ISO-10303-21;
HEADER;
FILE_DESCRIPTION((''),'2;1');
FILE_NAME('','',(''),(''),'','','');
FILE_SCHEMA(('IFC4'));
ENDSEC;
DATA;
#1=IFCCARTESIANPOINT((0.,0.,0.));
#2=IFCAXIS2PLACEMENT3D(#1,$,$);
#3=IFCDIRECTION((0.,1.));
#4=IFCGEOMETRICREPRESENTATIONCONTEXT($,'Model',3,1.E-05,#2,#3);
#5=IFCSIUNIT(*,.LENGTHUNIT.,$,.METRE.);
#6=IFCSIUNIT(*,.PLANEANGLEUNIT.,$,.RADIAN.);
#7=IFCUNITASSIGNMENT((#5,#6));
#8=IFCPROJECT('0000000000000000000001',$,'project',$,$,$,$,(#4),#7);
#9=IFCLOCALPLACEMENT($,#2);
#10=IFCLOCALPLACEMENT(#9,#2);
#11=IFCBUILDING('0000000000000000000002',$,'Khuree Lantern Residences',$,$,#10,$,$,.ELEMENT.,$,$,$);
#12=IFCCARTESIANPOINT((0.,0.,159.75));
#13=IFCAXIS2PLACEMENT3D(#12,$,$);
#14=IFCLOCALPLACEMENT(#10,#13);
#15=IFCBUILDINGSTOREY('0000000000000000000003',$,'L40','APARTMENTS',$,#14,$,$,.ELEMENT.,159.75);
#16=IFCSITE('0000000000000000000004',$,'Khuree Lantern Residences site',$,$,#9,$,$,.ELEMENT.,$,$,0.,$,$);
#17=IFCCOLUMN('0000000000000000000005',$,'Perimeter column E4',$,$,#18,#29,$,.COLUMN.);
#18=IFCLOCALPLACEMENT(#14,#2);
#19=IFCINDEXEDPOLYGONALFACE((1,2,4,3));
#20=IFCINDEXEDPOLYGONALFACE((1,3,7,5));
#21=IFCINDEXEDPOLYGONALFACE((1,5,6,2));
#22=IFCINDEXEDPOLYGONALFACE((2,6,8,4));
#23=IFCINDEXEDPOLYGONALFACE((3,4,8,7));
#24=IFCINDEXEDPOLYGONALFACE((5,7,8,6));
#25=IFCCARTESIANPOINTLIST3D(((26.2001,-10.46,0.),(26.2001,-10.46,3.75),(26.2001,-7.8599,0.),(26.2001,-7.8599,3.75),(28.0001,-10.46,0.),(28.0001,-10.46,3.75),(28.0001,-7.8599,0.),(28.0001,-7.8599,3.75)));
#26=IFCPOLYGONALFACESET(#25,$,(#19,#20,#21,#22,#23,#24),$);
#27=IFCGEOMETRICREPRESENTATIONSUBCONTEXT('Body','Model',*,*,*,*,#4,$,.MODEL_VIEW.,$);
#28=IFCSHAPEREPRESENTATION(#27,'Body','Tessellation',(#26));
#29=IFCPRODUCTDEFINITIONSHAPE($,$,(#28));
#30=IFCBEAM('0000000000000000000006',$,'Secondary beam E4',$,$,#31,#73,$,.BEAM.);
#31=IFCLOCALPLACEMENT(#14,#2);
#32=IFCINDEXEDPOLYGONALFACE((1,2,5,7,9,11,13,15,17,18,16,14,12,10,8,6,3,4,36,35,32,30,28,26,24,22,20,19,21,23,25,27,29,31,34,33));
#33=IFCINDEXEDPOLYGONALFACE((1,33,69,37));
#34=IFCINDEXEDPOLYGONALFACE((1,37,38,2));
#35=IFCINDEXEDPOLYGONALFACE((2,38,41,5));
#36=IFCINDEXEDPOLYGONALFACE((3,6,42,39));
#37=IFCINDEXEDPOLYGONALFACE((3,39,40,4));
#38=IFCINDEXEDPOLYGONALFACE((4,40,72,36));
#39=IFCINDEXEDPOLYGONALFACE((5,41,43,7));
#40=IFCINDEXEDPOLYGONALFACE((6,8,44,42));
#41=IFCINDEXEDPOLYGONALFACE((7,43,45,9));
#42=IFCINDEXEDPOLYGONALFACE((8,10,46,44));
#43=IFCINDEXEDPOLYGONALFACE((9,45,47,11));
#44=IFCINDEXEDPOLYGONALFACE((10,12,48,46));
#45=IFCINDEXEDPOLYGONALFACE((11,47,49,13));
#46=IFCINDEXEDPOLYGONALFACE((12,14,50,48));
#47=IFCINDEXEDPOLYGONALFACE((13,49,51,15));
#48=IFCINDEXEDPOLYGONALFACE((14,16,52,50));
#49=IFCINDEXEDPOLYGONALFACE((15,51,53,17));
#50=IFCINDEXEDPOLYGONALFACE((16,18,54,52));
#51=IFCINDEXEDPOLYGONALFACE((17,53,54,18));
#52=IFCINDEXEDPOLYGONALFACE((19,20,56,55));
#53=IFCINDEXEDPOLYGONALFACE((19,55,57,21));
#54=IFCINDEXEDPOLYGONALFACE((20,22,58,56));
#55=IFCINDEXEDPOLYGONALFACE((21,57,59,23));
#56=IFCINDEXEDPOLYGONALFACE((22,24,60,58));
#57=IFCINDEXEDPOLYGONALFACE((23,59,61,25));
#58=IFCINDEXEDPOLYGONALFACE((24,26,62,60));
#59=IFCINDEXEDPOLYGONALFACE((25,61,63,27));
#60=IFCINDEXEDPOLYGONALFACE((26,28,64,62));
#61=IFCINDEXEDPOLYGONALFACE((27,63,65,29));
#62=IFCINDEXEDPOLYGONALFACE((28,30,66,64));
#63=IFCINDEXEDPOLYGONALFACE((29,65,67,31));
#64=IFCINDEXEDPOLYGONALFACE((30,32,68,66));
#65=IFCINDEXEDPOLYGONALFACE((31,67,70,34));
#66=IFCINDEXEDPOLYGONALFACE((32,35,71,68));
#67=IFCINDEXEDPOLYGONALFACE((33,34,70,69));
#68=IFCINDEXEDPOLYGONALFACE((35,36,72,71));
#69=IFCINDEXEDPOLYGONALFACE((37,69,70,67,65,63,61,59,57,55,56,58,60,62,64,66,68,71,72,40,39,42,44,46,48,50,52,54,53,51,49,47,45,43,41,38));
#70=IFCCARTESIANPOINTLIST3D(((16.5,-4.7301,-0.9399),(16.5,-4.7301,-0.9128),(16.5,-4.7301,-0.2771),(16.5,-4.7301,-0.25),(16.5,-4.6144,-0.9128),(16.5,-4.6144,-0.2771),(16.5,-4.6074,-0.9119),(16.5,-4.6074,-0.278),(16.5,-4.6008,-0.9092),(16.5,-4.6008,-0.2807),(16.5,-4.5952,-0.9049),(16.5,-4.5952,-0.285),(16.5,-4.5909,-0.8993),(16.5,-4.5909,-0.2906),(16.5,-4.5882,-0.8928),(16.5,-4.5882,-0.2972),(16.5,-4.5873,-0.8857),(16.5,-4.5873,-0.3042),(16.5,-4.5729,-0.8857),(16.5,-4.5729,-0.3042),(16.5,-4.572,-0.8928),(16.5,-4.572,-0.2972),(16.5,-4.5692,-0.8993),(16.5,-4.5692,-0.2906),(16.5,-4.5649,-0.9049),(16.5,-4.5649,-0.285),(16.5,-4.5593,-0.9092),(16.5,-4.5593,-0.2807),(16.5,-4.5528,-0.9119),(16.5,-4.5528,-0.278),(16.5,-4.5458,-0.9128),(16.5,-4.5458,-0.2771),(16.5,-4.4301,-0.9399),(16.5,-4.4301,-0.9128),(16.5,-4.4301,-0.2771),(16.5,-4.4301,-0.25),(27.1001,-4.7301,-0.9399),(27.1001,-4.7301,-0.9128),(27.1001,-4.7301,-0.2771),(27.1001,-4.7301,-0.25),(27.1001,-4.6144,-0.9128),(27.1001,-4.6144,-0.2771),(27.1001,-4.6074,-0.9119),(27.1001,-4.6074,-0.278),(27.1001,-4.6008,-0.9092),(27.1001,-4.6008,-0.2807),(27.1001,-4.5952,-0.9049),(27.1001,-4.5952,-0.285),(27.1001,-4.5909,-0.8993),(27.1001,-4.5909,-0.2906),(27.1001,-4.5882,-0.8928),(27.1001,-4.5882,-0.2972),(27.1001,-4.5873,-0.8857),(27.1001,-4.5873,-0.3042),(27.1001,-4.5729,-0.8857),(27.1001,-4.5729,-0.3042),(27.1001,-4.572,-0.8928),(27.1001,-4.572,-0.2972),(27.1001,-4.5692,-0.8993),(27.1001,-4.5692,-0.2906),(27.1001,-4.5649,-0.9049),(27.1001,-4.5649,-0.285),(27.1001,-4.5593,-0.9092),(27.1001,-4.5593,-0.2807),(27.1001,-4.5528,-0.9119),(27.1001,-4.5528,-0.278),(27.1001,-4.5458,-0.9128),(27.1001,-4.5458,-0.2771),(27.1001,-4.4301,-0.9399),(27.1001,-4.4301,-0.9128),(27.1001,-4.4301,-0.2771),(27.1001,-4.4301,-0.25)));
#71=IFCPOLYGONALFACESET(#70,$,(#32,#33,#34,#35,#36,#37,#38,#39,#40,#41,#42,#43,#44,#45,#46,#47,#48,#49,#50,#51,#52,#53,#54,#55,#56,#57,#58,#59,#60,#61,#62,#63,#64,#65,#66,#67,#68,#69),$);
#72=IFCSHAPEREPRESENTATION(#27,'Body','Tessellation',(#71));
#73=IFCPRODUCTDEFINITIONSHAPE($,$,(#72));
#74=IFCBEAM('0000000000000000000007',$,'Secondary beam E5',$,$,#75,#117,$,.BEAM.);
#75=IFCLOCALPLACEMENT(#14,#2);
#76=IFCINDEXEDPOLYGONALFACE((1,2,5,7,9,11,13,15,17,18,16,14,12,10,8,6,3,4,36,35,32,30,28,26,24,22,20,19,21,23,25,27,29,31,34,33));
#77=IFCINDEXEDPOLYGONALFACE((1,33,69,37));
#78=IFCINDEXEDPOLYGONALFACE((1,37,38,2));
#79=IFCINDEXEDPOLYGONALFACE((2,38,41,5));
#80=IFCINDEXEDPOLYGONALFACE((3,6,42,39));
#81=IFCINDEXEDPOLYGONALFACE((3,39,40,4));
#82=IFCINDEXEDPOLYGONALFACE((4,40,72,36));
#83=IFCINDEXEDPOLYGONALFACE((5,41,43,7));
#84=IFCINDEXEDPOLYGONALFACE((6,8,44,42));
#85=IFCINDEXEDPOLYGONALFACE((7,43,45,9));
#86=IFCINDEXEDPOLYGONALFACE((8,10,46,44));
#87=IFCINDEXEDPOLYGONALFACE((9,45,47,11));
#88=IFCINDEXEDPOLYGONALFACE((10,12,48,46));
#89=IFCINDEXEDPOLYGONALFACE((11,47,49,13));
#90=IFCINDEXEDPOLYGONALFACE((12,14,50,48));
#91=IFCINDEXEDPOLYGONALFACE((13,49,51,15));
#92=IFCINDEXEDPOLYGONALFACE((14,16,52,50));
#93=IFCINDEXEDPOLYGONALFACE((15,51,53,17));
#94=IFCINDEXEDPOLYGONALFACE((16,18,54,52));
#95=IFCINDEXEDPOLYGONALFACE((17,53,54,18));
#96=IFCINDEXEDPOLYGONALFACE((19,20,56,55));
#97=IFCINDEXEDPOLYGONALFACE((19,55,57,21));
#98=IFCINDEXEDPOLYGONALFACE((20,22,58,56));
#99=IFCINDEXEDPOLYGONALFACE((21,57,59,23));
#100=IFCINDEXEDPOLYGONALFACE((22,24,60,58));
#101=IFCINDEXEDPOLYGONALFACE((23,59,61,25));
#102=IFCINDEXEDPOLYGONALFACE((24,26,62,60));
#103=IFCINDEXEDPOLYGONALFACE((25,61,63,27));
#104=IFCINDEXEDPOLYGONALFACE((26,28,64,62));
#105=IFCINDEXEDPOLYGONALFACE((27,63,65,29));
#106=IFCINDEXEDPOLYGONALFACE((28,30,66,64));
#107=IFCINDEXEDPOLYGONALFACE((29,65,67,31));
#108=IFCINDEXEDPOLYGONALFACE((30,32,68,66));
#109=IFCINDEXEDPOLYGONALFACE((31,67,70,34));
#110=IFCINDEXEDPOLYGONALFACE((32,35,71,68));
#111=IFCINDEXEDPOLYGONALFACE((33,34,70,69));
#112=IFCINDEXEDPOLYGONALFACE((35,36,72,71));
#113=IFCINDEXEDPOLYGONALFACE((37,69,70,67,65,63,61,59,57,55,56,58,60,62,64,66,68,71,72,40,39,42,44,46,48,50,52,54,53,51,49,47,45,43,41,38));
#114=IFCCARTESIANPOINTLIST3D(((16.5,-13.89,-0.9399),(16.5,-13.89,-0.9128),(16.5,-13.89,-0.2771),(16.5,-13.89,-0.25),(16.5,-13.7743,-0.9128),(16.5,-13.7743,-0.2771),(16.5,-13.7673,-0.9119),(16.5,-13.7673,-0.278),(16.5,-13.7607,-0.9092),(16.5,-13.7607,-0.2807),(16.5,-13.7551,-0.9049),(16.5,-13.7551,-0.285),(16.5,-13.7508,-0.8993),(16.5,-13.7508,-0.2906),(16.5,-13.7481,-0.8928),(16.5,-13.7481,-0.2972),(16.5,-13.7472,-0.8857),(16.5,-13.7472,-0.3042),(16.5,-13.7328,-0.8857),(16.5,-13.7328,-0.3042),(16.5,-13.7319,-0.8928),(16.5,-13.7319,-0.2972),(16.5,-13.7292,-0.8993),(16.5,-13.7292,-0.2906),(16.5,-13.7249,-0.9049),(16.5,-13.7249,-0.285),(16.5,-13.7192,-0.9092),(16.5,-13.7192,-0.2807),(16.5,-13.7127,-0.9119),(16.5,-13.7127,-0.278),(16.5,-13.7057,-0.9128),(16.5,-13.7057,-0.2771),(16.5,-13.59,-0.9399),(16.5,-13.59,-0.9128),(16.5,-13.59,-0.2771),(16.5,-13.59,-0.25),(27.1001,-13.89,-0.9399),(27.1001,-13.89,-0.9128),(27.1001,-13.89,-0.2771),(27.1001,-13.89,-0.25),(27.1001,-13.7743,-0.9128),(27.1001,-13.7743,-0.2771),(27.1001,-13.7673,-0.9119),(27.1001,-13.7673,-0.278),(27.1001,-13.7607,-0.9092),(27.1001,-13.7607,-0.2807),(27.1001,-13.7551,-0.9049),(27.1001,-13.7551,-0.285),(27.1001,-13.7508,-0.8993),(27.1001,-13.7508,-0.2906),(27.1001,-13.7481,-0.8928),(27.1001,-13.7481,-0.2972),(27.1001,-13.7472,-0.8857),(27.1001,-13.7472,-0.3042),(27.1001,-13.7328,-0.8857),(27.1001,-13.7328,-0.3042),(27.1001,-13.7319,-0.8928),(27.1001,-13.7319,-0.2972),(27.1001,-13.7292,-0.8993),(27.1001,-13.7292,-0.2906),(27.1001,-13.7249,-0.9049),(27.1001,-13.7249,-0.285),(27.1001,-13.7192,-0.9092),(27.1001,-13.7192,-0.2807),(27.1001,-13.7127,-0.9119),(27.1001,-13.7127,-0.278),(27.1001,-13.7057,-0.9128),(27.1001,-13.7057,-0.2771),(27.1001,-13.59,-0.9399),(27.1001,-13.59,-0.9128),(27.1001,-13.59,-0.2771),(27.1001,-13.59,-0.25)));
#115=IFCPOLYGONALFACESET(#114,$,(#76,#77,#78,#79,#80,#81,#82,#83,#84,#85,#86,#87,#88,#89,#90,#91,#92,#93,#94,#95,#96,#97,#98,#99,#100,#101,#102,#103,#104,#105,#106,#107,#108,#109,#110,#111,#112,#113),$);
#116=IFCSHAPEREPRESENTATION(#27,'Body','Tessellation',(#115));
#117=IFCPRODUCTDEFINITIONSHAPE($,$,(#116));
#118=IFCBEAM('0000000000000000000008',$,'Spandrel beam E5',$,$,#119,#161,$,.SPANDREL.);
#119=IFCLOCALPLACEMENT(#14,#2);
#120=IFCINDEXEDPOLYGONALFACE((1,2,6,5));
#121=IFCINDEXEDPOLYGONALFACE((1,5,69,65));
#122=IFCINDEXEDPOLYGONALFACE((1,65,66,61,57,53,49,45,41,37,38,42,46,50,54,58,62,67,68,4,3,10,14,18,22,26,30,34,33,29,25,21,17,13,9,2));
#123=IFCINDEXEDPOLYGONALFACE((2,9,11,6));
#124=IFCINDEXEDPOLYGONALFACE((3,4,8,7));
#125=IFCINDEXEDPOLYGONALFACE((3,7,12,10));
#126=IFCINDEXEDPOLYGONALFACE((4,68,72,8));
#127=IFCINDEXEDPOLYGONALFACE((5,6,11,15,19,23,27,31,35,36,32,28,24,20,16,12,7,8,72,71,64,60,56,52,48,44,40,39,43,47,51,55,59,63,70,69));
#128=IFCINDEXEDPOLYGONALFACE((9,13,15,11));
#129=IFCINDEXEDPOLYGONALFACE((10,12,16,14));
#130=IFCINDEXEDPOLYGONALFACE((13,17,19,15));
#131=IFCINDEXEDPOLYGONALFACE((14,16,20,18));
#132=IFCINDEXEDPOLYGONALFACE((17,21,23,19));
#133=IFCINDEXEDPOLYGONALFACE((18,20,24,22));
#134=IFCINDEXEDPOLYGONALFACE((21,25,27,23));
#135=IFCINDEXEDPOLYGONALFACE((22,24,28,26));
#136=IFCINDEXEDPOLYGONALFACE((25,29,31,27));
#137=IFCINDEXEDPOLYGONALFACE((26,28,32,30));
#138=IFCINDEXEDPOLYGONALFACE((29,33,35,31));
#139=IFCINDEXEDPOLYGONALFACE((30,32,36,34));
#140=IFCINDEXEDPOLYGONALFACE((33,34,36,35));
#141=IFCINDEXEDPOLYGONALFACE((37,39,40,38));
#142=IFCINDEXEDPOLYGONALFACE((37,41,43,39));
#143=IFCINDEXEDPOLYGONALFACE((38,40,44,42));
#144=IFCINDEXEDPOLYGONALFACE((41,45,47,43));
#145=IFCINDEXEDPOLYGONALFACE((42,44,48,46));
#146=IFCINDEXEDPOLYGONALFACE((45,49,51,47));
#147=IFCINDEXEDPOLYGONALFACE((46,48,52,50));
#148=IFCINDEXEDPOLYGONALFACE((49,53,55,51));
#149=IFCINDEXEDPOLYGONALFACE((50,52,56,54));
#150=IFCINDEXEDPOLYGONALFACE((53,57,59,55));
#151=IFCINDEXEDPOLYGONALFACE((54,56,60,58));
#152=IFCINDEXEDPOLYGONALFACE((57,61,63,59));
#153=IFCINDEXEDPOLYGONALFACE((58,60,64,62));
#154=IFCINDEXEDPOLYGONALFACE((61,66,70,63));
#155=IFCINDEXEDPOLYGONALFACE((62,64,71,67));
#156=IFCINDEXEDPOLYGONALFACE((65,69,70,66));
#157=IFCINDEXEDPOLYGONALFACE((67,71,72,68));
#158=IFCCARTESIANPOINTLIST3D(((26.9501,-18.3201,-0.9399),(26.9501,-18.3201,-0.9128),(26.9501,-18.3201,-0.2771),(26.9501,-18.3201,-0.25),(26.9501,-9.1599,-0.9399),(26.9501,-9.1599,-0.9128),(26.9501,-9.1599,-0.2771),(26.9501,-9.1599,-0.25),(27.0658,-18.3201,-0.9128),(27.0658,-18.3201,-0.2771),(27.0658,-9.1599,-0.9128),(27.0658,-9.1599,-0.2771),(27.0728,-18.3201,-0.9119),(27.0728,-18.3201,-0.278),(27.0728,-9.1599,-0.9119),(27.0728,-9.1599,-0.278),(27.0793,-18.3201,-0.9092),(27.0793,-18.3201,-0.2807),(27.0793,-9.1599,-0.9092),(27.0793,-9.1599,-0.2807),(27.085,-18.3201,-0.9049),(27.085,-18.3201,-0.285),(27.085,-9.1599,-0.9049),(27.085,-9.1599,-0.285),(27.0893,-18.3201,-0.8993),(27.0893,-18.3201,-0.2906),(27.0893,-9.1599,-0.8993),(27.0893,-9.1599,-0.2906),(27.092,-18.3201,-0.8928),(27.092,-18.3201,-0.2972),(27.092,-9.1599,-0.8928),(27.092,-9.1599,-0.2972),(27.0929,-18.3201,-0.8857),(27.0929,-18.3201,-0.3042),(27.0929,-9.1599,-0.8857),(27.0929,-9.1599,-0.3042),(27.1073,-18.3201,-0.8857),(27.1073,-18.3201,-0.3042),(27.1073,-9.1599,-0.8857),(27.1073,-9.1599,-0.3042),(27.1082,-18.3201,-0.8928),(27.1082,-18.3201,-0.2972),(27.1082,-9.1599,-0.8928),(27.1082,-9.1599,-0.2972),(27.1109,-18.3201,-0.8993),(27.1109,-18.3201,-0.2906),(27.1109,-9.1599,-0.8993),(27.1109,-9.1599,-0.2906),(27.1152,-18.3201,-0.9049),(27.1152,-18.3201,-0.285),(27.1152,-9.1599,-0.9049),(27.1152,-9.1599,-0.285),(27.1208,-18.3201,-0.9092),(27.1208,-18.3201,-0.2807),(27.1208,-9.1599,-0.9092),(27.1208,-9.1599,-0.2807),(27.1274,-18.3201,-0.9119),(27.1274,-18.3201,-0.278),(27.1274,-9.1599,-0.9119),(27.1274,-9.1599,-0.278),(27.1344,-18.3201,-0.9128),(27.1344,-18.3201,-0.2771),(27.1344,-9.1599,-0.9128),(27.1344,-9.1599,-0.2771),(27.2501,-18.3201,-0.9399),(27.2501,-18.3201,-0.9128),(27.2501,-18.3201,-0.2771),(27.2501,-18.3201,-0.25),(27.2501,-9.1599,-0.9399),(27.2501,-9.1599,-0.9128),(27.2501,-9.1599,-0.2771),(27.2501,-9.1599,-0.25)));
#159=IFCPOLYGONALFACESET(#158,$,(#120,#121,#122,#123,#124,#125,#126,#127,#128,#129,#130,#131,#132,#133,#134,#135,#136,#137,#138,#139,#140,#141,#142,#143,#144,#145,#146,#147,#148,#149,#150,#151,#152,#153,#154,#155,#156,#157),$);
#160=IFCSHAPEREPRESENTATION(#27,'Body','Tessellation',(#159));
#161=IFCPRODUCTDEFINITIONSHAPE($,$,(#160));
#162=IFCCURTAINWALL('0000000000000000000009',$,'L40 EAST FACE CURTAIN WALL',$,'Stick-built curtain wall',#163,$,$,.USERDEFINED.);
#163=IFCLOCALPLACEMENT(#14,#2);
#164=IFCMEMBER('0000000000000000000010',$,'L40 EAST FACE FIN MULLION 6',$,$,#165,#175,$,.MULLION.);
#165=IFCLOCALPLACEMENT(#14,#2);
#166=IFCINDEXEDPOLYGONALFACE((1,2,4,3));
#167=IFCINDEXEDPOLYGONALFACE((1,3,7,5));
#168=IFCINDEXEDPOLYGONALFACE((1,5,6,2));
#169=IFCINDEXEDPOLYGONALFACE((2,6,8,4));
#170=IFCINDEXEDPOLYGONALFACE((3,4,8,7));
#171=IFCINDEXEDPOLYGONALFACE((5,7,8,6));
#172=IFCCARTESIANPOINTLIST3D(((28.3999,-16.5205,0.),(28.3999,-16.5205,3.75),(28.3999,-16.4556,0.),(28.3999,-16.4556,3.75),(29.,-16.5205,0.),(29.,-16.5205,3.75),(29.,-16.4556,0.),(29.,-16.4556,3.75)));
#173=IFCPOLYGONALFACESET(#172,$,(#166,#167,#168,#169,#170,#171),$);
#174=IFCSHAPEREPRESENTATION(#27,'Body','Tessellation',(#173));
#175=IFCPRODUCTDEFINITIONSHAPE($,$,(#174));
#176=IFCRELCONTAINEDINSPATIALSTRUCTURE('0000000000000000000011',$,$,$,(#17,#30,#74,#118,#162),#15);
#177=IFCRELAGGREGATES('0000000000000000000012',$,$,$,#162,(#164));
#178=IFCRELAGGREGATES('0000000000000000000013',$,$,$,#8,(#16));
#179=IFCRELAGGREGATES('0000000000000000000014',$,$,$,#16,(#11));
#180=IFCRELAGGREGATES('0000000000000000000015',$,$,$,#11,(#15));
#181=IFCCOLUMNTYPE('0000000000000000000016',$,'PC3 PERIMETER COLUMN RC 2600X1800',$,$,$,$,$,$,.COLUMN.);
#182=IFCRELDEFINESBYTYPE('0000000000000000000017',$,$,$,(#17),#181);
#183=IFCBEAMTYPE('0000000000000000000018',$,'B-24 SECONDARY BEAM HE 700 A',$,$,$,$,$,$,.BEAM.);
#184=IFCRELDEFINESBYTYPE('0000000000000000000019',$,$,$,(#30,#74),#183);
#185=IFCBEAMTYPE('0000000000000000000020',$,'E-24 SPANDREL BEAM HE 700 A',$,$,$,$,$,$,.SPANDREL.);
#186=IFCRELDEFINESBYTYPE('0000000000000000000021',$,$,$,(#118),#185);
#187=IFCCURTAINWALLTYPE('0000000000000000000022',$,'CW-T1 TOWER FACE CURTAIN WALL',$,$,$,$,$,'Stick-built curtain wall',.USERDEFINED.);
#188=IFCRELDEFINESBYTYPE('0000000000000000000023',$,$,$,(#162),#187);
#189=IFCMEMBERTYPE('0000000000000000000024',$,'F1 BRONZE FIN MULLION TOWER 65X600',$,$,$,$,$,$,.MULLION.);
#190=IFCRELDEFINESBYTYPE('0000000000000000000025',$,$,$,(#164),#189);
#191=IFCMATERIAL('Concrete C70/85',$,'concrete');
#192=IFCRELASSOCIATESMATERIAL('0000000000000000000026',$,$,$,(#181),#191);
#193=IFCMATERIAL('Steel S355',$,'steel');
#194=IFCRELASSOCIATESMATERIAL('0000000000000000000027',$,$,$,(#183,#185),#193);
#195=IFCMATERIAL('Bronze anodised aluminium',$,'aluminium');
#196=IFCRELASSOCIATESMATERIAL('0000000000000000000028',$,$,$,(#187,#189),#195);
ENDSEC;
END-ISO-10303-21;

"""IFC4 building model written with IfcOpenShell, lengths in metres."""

from ifc_helpers import new_model, si_unit, direction, frame, origin, origin_2d, place, context, subcontext, project, spatial, rectangle, i_section, extrude, material, material_profile, profile_set, type_object, element, aggregate, save


model = new_model("IFC4")

# Units and contexts
model_context = context("Model", 3, precision=1e-05, world=origin(), true_north=direction((0.0, 1.0)))
body_context = subcontext(model_context, "Body", "Model", "MODEL_VIEW")
ifc_project = project(units=[si_unit("LENGTHUNIT", "METRE"), si_unit("PLANEANGLEUNIT", "RADIAN")], contexts=[model_context])

# Site, building, storey
site_placement = place(None, origin())
site = spatial("IfcSite", under=ifc_project, at=site_placement, Name="Khuree Lantern Residences site", CompositionType="ELEMENT", RefElevation=0.0)
building_placement = place(site_placement, origin())
building = spatial("IfcBuilding", under=site, at=building_placement, Name="Khuree Lantern Residences", CompositionType="ELEMENT")
storey_placement = place(building_placement, frame((0.0, 0.0, 159.75)))
storey = spatial("IfcBuildingStorey", under=building, at=storey_placement, Name="L40", Description="APARTMENTS", CompositionType="ELEMENT", Elevation=159.75)

# Column
ifc_material_1 = material(Name="Concrete C70/85", Category="concrete")
ifc_material_profile_1 = material_profile(ifc_material_1, rectangle(XDim=2.6001, YDim=1.8, at=origin_2d()), Name="RC 2600X1800")
ifc_profile_set_1 = profile_set([ifc_material_profile_1], Name="Concrete C70/85")
column_type = type_object("IfcColumnType", Name="PC3 PERIMETER COLUMN RC 2600X1800", PredefinedType="COLUMN", material=ifc_profile_set_1)
column_placement = place(storey_placement, frame((27.1001, -9.1599, 0.0), z_axis=(0.0, 0.0, 1.0), x_axis=(0.0, 1.0, 0.0)))
element("IfcColumn", 1, at=column_placement, inside=storey, type_object=column_type, Name="Perimeter column E4", PredefinedType="COLUMN", context=body_context, shape_type="SweptSolid", body=[
    extrude(rectangle(XDim=2.6001, YDim=1.8, at=origin_2d()), origin(), (0.0, 0.0, 1.0), 3.75),
])

# Beams
ifc_material_2 = material(Name="Steel S355", Category="steel")
ifc_material_profile_2 = material_profile(ifc_material_2, i_section(OverallWidth=0.3, OverallDepth=0.6899, WebThickness=0.0144, FlangeThickness=0.0271, FilletRadius=0.0271, at=origin_2d()), Name="HE 700 A")
ifc_profile_set_2 = profile_set([ifc_material_profile_2], Name="Steel S355")
beam_type_1 = type_object("IfcBeamType", Name="B-24 SECONDARY BEAM HE 700 A", PredefinedType="BEAM", material=ifc_profile_set_2)
for number, where, z_axis, x_axis, name in (
    (2, (27.1001, -4.5801, -0.595), (-1.0, 0.0, 0.0), (0.0, -1.0, 0.0), "Secondary beam E4"),
    (3, (27.1001, -13.74, -0.595), (-1.0, 0.0, 0.0), (0.0, -1.0, 0.0), "Secondary beam E5"),
):
    element("IfcBeam", number, at=place(storey_placement, frame(where, z_axis=z_axis, x_axis=x_axis)), inside=storey, type_object=beam_type_1, Name=name, PredefinedType="BEAM", context=body_context, shape_type="SweptSolid", body=[
        extrude(i_section(OverallWidth=0.3, OverallDepth=0.6899, WebThickness=0.0144, FlangeThickness=0.0271, FilletRadius=0.0271, at=origin_2d()), origin(), (0.0, 0.0, 1.0), 10.6001),
    ])
ifc_material_profile_3 = material_profile(ifc_material_2, i_section(OverallWidth=0.3, OverallDepth=0.6899, WebThickness=0.0144, FlangeThickness=0.0271, FilletRadius=0.0271, at=origin_2d()), Name="HE 700 A")
ifc_profile_set_3 = profile_set([ifc_material_profile_3], Name="Steel S355")
beam_type_2 = type_object("IfcBeamType", Name="E-24 SPANDREL BEAM HE 700 A", PredefinedType="SPANDREL", material=ifc_profile_set_3)
beam_1_placement = place(storey_placement, frame((27.1001, -9.1599, -0.595), z_axis=(0.0, -1.0, 0.0), x_axis=(1.0, 0.0, 0.0)))
element("IfcBeam", 4, at=beam_1_placement, inside=storey, type_object=beam_type_2, Name="Spandrel beam E5", PredefinedType="SPANDREL", context=body_context, shape_type="SweptSolid", body=[
    extrude(i_section(OverallWidth=0.3, OverallDepth=0.6899, WebThickness=0.0144, FlangeThickness=0.0271, FilletRadius=0.0271, at=origin_2d()), origin(), (0.0, 0.0, 1.0), 9.1602),
])

# Curtain wall, member
ifc_material_3 = material(Name="Bronze anodised aluminium", Category="aluminium")
curtain_wall_type = type_object("IfcCurtainWallType", Name="CW-T1 TOWER FACE CURTAIN WALL", ElementType="Stick-built curtain wall", PredefinedType="USERDEFINED", material=ifc_material_3)
curtain_wall_placement = place(storey_placement, origin())
curtain_wall = element("IfcCurtainWall", 5, at=curtain_wall_placement, inside=storey, type_object=curtain_wall_type, Name="L40 EAST FACE CURTAIN WALL", ObjectType="Stick-built curtain wall", PredefinedType="USERDEFINED")
ifc_material_profile_4 = material_profile(ifc_material_3, rectangle(XDim=0.0649, YDim=0.6001, at=origin_2d()), Name="F1 65X600")
ifc_profile_set_4 = profile_set([ifc_material_profile_4], Name="Bronze anodised aluminium")
member_type_1 = type_object("IfcMemberType", Name="F1 BRONZE FIN MULLION TOWER 65X600", PredefinedType="MULLION", material=ifc_profile_set_4)
member_1_placement = place(storey_placement, frame((28.7, -16.488, 0.0), z_axis=(0.0, 0.0, 1.0), x_axis=(0.0, 1.0, 0.0)))
member_1 = element("IfcMember", 6, at=member_1_placement, type_object=member_type_1, Name="L40 EAST FACE FIN MULLION 6", PredefinedType="MULLION", context=body_context, shape_type="SweptSolid", body=[
    extrude(rectangle(XDim=0.0649, YDim=0.6001, at=origin_2d()), origin(), (0.0, 0.0, 1.0), 3.75),
])

aggregate(curtain_wall, [member_1])

save(model, "model.ifc")
